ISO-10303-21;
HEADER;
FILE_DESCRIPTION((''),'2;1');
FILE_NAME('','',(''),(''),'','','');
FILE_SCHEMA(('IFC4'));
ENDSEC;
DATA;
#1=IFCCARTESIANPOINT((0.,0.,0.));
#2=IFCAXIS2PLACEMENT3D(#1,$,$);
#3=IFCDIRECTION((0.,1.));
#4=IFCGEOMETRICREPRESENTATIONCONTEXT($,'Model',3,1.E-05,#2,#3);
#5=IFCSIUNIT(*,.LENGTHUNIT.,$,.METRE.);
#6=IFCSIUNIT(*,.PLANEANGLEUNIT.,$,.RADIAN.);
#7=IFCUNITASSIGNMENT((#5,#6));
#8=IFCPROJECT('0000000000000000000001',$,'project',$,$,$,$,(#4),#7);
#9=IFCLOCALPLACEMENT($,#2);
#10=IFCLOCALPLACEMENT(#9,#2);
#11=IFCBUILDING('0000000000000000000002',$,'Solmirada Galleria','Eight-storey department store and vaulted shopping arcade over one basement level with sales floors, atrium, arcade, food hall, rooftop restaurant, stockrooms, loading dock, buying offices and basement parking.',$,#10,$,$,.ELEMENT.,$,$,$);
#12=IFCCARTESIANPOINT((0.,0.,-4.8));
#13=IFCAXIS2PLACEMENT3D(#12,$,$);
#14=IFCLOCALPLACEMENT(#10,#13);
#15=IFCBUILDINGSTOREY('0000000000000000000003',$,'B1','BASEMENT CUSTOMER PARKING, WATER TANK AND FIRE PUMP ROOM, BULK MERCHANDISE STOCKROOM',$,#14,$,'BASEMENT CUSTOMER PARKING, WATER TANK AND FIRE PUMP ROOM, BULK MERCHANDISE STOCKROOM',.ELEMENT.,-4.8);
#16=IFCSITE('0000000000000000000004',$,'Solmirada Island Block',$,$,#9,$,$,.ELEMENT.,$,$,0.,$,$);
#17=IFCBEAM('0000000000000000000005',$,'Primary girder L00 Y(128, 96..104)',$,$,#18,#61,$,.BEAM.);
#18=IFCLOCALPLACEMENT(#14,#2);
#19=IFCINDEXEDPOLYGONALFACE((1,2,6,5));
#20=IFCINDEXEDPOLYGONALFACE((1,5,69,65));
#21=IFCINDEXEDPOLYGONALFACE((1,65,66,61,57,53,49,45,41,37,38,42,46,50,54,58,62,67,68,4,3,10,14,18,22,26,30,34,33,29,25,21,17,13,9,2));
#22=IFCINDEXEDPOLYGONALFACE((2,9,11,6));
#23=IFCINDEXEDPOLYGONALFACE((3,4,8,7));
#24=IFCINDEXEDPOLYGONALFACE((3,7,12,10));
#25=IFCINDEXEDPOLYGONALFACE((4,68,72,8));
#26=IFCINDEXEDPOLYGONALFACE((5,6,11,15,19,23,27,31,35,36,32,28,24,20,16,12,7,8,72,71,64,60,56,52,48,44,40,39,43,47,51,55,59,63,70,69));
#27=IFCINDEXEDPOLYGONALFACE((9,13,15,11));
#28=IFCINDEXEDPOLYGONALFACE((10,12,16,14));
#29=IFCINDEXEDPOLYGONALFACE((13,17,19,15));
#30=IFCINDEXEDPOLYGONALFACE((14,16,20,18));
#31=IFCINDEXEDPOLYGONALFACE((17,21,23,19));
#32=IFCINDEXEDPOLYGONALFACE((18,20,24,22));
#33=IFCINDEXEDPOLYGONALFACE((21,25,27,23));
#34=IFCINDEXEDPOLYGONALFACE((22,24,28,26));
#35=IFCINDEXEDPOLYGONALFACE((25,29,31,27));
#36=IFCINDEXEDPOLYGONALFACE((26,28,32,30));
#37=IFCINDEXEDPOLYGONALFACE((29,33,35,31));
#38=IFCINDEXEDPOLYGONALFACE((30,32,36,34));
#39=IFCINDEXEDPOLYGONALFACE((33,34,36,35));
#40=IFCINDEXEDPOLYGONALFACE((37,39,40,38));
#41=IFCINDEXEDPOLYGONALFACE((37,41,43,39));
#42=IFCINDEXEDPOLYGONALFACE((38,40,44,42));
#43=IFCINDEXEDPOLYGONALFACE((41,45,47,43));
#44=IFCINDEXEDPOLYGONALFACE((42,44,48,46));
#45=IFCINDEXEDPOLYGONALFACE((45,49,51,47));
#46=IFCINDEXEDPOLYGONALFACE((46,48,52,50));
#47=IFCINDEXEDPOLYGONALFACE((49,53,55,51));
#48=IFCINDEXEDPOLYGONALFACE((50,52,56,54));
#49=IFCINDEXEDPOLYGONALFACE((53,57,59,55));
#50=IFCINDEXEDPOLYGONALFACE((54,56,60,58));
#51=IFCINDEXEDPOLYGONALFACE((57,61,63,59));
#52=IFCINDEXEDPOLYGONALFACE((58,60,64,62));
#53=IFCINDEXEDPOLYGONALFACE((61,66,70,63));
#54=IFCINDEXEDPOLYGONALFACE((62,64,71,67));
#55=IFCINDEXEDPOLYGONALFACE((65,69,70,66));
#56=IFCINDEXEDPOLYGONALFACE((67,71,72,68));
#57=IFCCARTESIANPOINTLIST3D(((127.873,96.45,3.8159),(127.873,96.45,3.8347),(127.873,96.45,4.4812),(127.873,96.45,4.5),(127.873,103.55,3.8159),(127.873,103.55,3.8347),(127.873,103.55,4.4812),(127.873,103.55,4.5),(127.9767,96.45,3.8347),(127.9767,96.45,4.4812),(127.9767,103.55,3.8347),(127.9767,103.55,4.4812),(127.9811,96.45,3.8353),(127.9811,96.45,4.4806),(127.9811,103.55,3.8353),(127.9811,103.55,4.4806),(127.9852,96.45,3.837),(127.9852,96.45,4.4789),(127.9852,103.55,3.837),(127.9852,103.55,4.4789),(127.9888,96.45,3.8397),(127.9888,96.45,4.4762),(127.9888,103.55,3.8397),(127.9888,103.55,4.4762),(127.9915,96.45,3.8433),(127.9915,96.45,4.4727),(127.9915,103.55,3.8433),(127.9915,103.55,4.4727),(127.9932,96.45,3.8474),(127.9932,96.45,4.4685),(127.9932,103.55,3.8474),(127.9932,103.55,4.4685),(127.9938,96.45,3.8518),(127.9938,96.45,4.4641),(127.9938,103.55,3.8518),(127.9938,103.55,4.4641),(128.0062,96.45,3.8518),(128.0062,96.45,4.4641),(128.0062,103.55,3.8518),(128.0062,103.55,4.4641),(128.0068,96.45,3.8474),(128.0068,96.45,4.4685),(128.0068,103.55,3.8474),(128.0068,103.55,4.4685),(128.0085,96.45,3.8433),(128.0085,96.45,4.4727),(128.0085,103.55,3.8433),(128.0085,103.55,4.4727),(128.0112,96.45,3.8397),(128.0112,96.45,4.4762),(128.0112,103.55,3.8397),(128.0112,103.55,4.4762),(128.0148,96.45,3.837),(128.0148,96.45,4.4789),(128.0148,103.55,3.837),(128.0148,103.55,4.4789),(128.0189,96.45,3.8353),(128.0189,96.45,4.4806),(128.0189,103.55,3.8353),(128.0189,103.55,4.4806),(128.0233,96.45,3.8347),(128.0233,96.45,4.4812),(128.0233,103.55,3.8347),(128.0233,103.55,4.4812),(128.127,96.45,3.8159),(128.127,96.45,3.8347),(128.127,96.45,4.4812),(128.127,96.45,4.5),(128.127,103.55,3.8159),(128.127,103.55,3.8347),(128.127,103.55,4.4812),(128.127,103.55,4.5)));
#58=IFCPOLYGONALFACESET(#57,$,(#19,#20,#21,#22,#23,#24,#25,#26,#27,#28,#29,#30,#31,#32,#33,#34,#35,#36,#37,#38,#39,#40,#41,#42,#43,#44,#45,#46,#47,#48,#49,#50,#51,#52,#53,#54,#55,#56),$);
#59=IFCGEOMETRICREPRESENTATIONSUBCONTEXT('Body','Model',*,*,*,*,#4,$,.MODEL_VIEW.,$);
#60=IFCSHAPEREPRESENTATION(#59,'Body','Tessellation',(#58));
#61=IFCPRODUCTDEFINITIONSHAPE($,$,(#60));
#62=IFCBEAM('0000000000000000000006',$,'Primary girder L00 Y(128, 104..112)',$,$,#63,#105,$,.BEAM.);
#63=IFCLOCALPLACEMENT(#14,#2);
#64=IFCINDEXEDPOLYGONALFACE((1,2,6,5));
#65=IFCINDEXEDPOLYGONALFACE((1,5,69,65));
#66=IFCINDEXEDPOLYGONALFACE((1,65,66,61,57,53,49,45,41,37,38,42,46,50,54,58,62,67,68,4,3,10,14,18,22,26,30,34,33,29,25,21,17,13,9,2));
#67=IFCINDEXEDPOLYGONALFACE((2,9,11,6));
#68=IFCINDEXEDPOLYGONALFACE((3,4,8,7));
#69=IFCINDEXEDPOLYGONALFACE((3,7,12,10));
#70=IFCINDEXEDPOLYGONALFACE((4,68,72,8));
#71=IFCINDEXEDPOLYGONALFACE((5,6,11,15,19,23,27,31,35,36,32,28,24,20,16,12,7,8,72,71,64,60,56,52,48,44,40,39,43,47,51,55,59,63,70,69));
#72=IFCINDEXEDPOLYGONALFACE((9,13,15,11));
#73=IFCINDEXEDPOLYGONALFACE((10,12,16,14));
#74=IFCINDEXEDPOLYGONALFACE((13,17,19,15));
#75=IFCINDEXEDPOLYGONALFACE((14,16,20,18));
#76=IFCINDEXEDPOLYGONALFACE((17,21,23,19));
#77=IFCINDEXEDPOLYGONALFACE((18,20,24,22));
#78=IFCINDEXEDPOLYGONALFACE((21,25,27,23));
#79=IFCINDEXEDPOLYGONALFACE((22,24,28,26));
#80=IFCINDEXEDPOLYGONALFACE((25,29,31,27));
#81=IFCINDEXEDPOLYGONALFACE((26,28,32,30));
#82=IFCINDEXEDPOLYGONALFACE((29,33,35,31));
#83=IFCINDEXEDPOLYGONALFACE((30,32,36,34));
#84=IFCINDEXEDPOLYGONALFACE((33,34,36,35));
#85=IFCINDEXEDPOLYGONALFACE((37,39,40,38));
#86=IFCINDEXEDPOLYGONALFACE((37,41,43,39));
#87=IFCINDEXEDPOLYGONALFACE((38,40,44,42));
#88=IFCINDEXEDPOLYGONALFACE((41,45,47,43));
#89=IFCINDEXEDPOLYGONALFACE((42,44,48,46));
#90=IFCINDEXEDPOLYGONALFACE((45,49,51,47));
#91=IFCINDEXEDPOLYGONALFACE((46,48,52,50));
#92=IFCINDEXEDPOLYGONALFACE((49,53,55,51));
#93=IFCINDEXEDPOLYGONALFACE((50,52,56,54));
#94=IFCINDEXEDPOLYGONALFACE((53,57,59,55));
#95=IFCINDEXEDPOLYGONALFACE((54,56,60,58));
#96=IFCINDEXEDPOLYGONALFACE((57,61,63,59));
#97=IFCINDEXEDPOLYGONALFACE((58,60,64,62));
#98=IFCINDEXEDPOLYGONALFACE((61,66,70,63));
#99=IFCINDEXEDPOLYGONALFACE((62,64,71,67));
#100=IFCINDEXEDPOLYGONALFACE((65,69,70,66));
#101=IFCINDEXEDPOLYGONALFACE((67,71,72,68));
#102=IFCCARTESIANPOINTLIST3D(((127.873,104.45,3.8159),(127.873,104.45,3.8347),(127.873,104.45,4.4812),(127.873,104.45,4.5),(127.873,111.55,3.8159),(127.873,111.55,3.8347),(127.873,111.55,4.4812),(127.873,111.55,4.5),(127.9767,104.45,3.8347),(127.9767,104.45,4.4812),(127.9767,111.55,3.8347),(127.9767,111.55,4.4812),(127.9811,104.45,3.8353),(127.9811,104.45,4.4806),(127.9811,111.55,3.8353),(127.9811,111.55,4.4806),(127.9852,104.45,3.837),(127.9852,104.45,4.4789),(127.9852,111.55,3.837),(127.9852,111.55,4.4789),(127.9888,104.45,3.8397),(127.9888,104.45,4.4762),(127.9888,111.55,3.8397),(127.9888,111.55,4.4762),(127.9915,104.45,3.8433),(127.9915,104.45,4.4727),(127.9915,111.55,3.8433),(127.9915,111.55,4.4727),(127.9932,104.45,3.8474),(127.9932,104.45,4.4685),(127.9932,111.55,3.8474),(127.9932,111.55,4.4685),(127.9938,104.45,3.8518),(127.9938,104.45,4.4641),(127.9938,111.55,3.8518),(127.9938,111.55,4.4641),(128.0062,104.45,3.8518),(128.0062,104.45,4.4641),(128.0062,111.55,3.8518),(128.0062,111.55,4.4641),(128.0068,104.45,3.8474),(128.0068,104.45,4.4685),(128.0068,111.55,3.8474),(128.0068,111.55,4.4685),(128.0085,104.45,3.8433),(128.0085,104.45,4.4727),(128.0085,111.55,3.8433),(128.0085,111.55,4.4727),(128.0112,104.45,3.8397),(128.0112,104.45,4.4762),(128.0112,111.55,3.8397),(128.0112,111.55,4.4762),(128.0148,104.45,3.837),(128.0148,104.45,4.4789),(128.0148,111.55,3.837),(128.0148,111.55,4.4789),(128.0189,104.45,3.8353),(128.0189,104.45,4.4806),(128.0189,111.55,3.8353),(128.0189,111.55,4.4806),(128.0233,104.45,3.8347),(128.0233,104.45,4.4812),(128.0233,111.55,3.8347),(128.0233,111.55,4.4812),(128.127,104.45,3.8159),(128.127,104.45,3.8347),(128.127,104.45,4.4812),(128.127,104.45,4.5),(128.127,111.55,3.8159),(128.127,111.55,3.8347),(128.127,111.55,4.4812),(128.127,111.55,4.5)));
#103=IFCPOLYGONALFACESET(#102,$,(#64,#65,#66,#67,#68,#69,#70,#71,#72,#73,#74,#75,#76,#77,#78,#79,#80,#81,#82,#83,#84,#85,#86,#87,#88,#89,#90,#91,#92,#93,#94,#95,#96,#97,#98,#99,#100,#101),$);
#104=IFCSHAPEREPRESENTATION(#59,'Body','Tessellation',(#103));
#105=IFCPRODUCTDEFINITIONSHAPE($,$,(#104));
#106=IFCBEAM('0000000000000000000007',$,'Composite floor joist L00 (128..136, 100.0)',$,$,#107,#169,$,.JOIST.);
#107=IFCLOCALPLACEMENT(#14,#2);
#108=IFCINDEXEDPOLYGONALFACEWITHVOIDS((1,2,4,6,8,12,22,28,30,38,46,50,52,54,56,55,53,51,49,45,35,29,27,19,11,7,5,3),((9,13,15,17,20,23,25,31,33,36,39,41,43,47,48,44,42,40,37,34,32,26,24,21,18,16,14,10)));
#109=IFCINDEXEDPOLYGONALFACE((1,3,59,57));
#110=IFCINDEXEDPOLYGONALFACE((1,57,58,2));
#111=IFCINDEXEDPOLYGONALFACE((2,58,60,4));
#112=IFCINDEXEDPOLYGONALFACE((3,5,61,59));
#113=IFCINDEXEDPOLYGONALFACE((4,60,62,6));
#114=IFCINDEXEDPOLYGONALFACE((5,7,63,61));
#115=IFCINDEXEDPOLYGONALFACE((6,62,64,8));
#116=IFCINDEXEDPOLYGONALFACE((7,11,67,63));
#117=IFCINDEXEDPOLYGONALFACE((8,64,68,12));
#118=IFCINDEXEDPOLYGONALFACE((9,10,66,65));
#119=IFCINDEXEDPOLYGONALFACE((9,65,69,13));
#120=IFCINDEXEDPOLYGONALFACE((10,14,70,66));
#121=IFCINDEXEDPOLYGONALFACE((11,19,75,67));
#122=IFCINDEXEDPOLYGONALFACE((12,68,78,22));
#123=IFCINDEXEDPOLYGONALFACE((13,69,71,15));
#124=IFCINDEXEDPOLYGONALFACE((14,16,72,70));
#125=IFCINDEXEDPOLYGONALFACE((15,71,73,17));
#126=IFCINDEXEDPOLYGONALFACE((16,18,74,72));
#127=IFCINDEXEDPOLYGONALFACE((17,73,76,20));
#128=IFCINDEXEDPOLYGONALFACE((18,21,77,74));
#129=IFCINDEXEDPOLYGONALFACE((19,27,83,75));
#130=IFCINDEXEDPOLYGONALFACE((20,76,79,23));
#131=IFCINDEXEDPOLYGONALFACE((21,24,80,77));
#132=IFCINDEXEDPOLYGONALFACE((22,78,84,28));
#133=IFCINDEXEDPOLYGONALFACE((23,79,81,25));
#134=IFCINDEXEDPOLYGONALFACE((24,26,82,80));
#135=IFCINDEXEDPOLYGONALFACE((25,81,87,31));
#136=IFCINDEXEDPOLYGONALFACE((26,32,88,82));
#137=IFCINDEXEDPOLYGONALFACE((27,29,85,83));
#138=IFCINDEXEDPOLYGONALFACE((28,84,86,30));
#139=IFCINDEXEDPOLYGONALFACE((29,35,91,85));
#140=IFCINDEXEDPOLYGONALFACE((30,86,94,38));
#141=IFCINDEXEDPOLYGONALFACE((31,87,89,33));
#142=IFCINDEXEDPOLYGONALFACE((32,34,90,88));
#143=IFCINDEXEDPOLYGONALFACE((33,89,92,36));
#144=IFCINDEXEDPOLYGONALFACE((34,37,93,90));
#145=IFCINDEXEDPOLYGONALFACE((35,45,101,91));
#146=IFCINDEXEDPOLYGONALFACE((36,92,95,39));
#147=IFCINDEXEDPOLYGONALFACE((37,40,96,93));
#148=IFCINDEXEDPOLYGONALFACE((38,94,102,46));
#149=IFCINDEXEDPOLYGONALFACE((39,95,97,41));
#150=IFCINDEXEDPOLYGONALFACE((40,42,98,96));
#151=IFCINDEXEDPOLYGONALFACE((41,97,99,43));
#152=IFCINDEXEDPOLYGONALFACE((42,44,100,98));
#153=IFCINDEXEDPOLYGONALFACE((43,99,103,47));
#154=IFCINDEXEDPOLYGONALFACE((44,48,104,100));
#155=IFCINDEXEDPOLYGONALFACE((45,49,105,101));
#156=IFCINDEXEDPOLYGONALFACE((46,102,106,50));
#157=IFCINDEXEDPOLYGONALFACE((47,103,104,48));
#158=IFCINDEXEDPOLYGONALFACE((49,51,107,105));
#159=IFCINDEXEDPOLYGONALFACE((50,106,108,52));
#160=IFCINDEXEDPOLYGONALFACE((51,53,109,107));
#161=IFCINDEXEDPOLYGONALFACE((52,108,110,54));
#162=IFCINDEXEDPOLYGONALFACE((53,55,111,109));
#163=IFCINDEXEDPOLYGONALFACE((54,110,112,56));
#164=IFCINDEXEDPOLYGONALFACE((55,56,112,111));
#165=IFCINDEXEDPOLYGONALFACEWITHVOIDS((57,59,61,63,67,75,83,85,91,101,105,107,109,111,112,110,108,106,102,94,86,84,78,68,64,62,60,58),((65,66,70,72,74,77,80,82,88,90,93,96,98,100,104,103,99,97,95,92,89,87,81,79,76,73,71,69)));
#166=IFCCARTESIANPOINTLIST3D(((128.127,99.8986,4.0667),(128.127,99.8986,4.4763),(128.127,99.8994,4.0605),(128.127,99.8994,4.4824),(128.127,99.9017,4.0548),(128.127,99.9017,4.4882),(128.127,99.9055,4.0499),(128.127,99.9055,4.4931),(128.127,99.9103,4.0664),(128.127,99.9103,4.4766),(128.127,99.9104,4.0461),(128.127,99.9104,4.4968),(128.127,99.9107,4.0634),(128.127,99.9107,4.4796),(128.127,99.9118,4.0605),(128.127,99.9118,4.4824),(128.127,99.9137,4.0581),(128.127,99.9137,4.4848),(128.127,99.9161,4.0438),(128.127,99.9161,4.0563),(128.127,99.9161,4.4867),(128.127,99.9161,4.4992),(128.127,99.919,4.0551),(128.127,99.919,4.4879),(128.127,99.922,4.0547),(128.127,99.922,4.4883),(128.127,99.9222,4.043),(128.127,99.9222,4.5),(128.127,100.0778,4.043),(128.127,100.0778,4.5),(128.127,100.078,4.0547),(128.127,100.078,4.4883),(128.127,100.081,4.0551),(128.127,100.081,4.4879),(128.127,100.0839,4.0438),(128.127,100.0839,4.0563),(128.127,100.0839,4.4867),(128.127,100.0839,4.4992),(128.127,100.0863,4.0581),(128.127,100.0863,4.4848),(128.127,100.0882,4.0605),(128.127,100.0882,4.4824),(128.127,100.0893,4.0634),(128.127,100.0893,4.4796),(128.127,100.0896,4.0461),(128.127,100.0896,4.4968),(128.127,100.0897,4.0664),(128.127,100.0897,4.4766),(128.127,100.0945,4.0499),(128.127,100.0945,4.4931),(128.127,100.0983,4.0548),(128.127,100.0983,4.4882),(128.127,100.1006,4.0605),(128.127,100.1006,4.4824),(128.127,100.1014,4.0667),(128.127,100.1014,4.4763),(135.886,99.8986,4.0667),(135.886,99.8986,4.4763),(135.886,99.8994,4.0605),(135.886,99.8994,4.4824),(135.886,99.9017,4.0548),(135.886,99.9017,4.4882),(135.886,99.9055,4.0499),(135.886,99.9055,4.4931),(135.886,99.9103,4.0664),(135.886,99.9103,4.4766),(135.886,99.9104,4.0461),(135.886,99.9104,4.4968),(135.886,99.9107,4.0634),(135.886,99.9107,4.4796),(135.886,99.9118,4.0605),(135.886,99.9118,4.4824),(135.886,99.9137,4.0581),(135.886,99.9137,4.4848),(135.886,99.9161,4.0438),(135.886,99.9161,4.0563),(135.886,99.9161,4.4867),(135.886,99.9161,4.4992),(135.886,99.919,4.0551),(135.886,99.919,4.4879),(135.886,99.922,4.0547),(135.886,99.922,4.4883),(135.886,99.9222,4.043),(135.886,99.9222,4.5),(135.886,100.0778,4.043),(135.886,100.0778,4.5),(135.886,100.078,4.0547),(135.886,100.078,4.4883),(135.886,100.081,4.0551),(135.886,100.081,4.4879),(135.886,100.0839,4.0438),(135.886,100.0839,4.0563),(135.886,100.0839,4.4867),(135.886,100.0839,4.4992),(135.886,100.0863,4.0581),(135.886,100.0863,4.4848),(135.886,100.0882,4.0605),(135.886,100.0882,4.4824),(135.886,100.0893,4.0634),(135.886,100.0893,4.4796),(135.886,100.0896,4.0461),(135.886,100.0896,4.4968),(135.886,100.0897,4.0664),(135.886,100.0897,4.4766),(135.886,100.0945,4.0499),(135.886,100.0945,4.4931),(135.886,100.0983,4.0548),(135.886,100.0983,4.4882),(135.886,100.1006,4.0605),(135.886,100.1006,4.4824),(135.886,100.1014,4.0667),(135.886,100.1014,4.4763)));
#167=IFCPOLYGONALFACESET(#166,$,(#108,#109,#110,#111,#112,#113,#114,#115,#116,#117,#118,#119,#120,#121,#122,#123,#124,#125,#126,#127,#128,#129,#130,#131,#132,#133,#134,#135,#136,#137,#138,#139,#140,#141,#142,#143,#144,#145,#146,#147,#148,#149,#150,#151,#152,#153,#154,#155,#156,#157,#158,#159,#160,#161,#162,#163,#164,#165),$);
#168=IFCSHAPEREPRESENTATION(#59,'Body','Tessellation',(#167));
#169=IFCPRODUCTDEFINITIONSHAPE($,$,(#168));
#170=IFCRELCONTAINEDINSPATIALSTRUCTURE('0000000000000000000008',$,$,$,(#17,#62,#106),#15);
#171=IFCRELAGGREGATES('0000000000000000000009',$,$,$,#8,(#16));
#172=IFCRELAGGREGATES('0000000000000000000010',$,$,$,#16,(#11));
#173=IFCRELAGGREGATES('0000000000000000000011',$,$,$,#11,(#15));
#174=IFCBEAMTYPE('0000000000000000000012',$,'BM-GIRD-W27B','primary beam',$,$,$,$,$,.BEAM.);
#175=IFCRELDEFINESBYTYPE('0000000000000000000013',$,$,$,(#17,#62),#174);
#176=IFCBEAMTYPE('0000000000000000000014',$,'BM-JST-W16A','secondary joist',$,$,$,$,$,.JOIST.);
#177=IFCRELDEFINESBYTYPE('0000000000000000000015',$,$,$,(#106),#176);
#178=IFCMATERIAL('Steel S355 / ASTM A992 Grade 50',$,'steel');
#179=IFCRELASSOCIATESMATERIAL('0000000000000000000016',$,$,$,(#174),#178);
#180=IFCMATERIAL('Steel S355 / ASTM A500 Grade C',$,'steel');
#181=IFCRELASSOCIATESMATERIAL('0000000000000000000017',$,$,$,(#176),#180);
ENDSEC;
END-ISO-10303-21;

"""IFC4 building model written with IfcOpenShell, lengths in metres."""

from ifc_helpers import new_model, si_unit, direction, frame, origin, origin_2d, place, context, subcontext, project, spatial, hollow_rectangle, i_section, extrude, material, material_profile, profile_set, type_object, element, save


model = new_model("IFC4")

# Units and contexts
model_context = context("Model", 3, precision=1e-05, world=origin(), true_north=direction((0.0, 1.0)))
body_context = subcontext(model_context, "Body", "Model", "MODEL_VIEW")
ifc_project = project(units=[si_unit("LENGTHUNIT", "METRE"), si_unit("PLANEANGLEUNIT", "RADIAN")], contexts=[model_context])

# Site, building, storey
site_placement = place(None, origin())
site = spatial("IfcSite", under=ifc_project, at=site_placement, Name="Solmirada Island Block", CompositionType="ELEMENT", RefElevation=0.0)
building_placement = place(site_placement, origin())
building = spatial("IfcBuilding", under=site, at=building_placement, Name="Solmirada Galleria", Description="Eight-storey department store and vaulted shopping arcade over one basement level with sales floors, atrium, arcade, food hall, rooftop restaurant, stockrooms, loading dock, buying offices and basement parking.", CompositionType="ELEMENT")
storey_placement = place(building_placement, frame((0.0, 0.0, -4.8)))
storey = spatial("IfcBuildingStorey", under=building, at=storey_placement, Name="B1", Description="BASEMENT CUSTOMER PARKING, WATER TANK AND FIRE PUMP ROOM, BULK MERCHANDISE STOCKROOM", LongName="BASEMENT CUSTOMER PARKING, WATER TANK AND FIRE PUMP ROOM, BULK MERCHANDISE STOCKROOM", CompositionType="ELEMENT", Elevation=-4.8)

# Beams
ifc_material_1 = material(Name="Steel S355 / ASTM A992 Grade 50", Category="steel")
ifc_material_profile_1 = material_profile(ifc_material_1, i_section(OverallWidth=0.2539, OverallDepth=0.6841, WebThickness=0.0125, FlangeThickness=0.0188, FilletRadius=0.0171, at=origin_2d()), Name="W27X94")
ifc_profile_set_1 = profile_set([ifc_material_profile_1], Name="Steel S355 / ASTM A992 Grade 50")
beam_type_1 = type_object("IfcBeamType", Name="BM-GIRD-W27B", Description="primary beam", PredefinedType="BEAM", material=ifc_profile_set_1)
for number, where, z_axis, x_axis, name in (
    (1, (128.0, 96.45, 4.158), (0.0, 1.0, 0.0), (-1.0, 0.0, 0.0), "Primary girder L00 Y(128, 96..104)"),
    (2, (128.0, 104.45, 4.158), (0.0, 1.0, 0.0), (-1.0, 0.0, 0.0), "Primary girder L00 Y(128, 104..112)"),
):
    element("IfcBeam", number, at=place(storey_placement, frame(where, z_axis=z_axis, x_axis=x_axis)), inside=storey, type_object=beam_type_1, Name=name, PredefinedType="BEAM", context=body_context, shape_type="SweptSolid", body=[
        extrude(i_section(OverallWidth=0.2539, OverallDepth=0.6841, WebThickness=0.0125, FlangeThickness=0.0188, FilletRadius=0.0171, at=origin_2d()), origin(), (0.0, 0.0, 1.0), 7.1001),
    ])
ifc_material_2 = material(Name="Steel S355 / ASTM A500 Grade C", Category="steel")
ifc_material_profile_2 = material_profile(ifc_material_2, hollow_rectangle(XDim=0.2029, YDim=0.457, WallThickness=0.0117, InnerFilletRadius=0.0117, OuterFilletRadius=0.0237, at=origin_2d()), Name="HSS18X8X1/2")
ifc_profile_set_2 = profile_set([ifc_material_profile_2], Name="Steel S355 / ASTM A500 Grade C")
beam_type_2 = type_object("IfcBeamType", Name="BM-JST-W16A", Description="secondary joist", PredefinedType="JOIST", material=ifc_profile_set_2)
beam_1_placement = place(storey_placement, frame((128.127, 100.0, 4.2715), z_axis=(1.0, 0.0, 0.0), x_axis=(0.0, 1.0, 0.0)))
element("IfcBeam", 3, at=beam_1_placement, inside=storey, type_object=beam_type_2, Name="Composite floor joist L00 (128..136, 100.0)", PredefinedType="JOIST", context=body_context, shape_type="SweptSolid", body=[
    extrude(hollow_rectangle(XDim=0.2029, YDim=0.457, WallThickness=0.0117, InnerFilletRadius=0.0117, OuterFilletRadius=0.0237, at=origin_2d()), origin(), (0.0, 0.0, 1.0), 7.759),
])

save(model, "model.ifc")
